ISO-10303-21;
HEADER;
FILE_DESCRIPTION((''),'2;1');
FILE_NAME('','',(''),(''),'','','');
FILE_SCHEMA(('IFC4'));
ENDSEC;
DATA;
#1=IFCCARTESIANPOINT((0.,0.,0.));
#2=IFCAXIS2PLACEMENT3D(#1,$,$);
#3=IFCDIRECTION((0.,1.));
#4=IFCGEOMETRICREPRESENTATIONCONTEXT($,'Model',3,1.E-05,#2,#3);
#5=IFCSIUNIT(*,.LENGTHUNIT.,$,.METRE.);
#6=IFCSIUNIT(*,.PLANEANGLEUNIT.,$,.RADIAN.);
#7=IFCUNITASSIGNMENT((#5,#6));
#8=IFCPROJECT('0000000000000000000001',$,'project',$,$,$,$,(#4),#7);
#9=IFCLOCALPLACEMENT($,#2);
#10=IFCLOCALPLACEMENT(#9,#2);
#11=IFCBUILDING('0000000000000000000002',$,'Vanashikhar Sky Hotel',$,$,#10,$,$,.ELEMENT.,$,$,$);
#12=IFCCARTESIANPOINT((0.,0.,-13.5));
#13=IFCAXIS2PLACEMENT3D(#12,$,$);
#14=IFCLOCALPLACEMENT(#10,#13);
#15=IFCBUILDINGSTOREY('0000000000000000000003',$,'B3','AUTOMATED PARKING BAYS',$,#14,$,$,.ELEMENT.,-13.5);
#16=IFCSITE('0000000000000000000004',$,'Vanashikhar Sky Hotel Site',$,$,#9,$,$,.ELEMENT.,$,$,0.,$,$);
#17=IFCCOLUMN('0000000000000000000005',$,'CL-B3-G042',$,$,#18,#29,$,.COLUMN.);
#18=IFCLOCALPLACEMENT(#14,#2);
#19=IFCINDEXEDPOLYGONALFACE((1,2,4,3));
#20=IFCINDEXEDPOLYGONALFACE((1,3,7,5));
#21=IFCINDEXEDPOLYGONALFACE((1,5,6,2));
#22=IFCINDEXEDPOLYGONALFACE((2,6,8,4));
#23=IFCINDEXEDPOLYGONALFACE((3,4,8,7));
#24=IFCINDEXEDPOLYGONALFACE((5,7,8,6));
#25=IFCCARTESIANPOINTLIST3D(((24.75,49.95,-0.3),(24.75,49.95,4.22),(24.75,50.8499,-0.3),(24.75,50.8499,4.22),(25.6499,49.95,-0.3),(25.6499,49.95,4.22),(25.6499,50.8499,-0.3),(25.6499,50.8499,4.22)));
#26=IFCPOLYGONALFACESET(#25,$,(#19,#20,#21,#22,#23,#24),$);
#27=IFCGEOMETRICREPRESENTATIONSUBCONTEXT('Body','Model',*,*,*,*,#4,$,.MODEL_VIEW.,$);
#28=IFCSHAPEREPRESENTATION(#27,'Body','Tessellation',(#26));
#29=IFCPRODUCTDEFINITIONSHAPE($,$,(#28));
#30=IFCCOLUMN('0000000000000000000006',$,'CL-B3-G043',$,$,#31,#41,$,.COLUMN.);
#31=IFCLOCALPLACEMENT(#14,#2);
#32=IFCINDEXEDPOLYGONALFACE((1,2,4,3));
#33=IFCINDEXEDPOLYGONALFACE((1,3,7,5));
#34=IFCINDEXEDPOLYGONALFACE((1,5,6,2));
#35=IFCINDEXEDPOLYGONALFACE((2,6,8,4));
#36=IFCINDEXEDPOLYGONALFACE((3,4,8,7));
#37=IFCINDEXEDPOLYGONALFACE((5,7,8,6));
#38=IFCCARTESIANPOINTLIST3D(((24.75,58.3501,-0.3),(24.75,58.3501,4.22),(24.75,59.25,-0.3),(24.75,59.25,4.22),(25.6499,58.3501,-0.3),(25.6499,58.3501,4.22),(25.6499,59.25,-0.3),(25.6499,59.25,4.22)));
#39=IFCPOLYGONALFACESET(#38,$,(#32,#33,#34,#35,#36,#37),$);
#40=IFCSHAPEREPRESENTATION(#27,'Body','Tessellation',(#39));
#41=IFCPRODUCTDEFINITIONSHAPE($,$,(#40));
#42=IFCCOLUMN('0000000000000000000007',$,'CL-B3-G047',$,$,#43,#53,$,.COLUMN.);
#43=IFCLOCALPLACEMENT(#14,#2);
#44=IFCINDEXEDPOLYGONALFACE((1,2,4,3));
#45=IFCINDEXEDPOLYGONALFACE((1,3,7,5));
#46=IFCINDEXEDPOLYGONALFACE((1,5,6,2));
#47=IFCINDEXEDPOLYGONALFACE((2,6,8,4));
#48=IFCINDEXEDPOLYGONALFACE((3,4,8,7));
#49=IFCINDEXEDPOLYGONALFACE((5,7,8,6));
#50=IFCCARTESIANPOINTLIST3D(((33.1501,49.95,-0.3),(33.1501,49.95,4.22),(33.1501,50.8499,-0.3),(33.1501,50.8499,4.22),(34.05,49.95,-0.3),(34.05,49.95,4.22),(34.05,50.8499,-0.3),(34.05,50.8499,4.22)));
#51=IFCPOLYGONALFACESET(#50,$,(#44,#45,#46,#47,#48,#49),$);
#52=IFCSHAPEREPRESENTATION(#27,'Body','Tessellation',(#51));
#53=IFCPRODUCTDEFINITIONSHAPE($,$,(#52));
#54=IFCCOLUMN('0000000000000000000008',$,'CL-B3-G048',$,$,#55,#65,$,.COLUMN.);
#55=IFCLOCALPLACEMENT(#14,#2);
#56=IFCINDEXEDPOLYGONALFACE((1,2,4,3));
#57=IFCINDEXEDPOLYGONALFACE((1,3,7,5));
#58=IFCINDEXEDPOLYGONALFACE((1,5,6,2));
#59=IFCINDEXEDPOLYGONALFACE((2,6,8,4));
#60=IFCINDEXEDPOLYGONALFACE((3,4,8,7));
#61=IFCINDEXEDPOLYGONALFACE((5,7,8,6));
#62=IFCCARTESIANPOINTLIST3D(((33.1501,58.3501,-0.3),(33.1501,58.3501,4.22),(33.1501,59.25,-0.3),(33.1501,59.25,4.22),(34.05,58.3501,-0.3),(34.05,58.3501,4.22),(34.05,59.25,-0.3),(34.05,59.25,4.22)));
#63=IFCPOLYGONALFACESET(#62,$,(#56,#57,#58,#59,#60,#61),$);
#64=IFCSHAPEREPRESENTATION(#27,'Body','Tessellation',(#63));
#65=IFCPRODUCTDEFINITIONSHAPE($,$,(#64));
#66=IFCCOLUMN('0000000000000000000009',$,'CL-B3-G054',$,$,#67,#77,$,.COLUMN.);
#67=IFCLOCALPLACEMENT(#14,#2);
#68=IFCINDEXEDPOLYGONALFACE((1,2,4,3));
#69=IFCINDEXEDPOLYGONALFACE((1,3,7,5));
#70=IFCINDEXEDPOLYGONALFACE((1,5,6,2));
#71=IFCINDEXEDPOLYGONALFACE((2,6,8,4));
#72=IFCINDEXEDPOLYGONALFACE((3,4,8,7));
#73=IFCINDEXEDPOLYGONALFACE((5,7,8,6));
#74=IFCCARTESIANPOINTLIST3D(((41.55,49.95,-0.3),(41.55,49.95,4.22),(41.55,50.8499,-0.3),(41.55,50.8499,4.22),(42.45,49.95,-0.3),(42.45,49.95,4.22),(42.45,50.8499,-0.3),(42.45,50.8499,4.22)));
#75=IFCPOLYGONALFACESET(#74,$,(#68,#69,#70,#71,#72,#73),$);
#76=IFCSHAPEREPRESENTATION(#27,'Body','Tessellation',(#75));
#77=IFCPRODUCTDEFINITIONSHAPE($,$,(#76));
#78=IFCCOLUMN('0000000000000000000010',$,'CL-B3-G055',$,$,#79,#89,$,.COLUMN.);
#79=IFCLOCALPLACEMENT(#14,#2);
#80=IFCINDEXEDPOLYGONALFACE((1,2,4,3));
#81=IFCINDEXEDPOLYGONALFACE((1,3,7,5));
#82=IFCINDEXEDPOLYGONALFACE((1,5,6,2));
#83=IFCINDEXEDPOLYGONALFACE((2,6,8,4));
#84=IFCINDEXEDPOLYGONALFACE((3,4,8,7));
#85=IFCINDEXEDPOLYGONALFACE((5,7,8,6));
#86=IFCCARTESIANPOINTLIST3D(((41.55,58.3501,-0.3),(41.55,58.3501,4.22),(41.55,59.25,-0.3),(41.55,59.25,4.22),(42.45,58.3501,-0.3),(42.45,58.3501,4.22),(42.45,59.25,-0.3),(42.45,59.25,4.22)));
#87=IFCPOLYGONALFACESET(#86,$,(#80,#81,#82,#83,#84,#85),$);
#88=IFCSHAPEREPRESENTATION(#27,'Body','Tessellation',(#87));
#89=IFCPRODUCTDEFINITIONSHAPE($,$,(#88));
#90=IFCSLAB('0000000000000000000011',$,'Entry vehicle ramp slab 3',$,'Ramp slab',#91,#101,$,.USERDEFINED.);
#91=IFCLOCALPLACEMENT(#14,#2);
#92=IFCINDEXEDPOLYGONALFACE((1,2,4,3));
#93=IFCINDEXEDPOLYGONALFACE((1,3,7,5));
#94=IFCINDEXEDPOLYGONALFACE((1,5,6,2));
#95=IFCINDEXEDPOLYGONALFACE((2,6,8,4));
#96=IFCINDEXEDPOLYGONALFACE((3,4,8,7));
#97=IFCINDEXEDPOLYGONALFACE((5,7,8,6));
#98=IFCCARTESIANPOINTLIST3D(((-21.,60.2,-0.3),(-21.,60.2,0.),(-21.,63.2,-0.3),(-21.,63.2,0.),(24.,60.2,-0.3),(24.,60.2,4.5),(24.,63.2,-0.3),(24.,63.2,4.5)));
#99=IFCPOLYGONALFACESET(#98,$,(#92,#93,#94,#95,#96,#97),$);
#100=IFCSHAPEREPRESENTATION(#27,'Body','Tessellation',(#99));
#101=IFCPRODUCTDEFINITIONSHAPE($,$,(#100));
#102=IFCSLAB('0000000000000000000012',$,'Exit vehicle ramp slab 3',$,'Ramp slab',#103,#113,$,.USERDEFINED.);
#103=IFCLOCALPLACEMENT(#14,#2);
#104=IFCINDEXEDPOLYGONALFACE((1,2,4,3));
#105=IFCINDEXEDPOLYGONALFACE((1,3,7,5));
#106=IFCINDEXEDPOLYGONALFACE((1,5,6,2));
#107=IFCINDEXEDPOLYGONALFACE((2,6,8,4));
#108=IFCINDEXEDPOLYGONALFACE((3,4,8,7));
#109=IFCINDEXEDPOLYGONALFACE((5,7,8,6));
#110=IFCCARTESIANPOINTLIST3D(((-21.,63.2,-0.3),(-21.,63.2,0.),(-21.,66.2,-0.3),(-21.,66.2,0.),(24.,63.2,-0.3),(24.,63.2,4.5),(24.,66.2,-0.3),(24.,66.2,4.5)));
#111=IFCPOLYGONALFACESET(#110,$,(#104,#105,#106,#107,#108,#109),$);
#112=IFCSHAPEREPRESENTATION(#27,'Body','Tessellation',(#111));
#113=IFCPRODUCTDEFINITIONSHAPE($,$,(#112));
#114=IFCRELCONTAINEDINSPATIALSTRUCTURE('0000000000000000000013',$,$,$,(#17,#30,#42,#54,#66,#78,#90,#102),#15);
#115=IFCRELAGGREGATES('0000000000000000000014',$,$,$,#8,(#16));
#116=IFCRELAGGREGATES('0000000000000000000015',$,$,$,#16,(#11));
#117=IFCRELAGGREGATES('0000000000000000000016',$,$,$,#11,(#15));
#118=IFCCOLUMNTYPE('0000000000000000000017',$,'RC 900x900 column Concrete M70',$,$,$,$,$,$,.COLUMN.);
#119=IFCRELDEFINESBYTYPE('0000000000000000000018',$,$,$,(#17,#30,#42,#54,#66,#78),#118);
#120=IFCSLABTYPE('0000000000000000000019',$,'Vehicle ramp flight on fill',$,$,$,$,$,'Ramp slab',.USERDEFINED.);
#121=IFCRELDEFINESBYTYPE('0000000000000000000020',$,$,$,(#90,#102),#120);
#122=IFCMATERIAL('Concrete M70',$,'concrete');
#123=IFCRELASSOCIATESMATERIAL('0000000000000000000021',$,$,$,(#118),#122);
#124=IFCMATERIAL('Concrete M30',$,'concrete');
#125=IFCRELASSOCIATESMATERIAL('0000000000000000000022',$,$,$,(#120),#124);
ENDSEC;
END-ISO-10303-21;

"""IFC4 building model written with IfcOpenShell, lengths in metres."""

from ifc_helpers import new_model, si_unit, direction, frame, origin, origin_2d, place, context, subcontext, project, spatial, polyline, rectangle, outline, extrude, source, transform, mapped, material, material_profile, profile_set, type_object, element, save


model = new_model("IFC4")

# Units and contexts
model_context = context("Model", 3, precision=1e-05, world=origin(), true_north=direction((0.0, 1.0)))
body_context = subcontext(model_context, "Body", "Model", "MODEL_VIEW")
ifc_project = project(units=[si_unit("LENGTHUNIT", "METRE"), si_unit("PLANEANGLEUNIT", "RADIAN")], contexts=[model_context])

# Site, building, storey
site_placement = place(None, origin())
site = spatial("IfcSite", under=ifc_project, at=site_placement, Name="Vanashikhar Sky Hotel Site", CompositionType="ELEMENT", RefElevation=0.0)
building_placement = place(site_placement, origin())
building = spatial("IfcBuilding", under=site, at=building_placement, Name="Vanashikhar Sky Hotel", CompositionType="ELEMENT")
storey_placement = place(building_placement, frame((0.0, 0.0, -13.5)))
storey = spatial("IfcBuildingStorey", under=building, at=storey_placement, Name="B3", Description="AUTOMATED PARKING BAYS", CompositionType="ELEMENT", Elevation=-13.5)

# Columns
ifc_material_1 = material(Name="Concrete M70", Category="concrete")
ifc_material_profile = material_profile(ifc_material_1, rectangle(XDim=0.8999, YDim=0.8999, at=origin_2d()))
ifc_profile_set = profile_set([ifc_material_profile], Name="RC 900x900 column Concrete M70")
column_type = type_object("IfcColumnType", Name="RC 900x900 column Concrete M70", PredefinedType="COLUMN", material=ifc_profile_set)
shared_shape_1 = source(origin(), body_context, "Body", "SweptSolid", [
    extrude(rectangle(XDim=0.8999, YDim=0.8999, at=origin_2d()), origin(), (0.0, 0.0, 1.0), 4.52),
])
for number, where, z_axis, x_axis, name in (
    (1, (25.2, 50.3999, -0.3), (0.0, 0.0, 1.0), (1.0, 0.0, 0.0), "CL-B3-G042"),
    (2, (25.2, 58.8, -0.3), (0.0, 0.0, 1.0), (1.0, 0.0, 0.0), "CL-B3-G043"),
    (3, (33.6001, 50.3999, -0.3), (0.0, 0.0, 1.0), (1.0, 0.0, 0.0), "CL-B3-G047"),
    (4, (33.6001, 58.8, -0.3), (0.0, 0.0, 1.0), (1.0, 0.0, 0.0), "CL-B3-G048"),
    (5, (42.0, 50.3999, -0.3), (0.0, 0.0, 1.0), (1.0, 0.0, 0.0), "CL-B3-G054"),
    (6, (42.0, 58.8, -0.3), (0.0, 0.0, 1.0), (1.0, 0.0, 0.0), "CL-B3-G055"),
):
    element("IfcColumn", number, at=place(storey_placement, frame(where, z_axis=z_axis, x_axis=x_axis)), inside=storey, type_object=column_type, Name=name, PredefinedType="COLUMN", context=body_context, shape_type="MappedRepresentation", body=[
        mapped(shared_shape_1, transform((0.0, 0.0, 0.0), scale=1.0)),
    ])

# Slabs
ifc_material_2 = material(Name="Concrete M30", Category="concrete")
slab_type = type_object("IfcSlabType", Name="Vehicle ramp flight on fill", ElementType="Ramp slab", PredefinedType="USERDEFINED", material=ifc_material_2)
shared_shape_2 = source(origin(), body_context, "Body", "SweptSolid", [
    extrude(outline(polyline([(0.0, 0.0), (45.0, 0.0), (45.0, 0.3), (0.0, 4.8), (0.0, 0.0)])), frame((0.0, 1.5, 0.0), z_axis=(0.0, -1.0, 0.0), x_axis=(1.0, 0.0, 0.0)), (0.0, 0.0, 1.0), 3.0),
])
for number, where, z_axis, x_axis, name in (
    (7, (24.0, 61.7, -0.3), (0.0, 0.0, 1.0), (-1.0, 0.0, 0.0), "Entry vehicle ramp slab 3"),
    (8, (24.0, 64.7, -0.3), (0.0, 0.0, 1.0), (-1.0, 0.0, 0.0), "Exit vehicle ramp slab 3"),
):
    element("IfcSlab", number, at=place(storey_placement, frame(where, z_axis=z_axis, x_axis=x_axis)), inside=storey, type_object=slab_type, Name=name, ObjectType="Ramp slab", PredefinedType="USERDEFINED", context=body_context, shape_type="MappedRepresentation", body=[
        mapped(shared_shape_2, transform((0.0, 0.0, 0.0), scale=1.0)),
    ])

save(model, "model.ifc")
